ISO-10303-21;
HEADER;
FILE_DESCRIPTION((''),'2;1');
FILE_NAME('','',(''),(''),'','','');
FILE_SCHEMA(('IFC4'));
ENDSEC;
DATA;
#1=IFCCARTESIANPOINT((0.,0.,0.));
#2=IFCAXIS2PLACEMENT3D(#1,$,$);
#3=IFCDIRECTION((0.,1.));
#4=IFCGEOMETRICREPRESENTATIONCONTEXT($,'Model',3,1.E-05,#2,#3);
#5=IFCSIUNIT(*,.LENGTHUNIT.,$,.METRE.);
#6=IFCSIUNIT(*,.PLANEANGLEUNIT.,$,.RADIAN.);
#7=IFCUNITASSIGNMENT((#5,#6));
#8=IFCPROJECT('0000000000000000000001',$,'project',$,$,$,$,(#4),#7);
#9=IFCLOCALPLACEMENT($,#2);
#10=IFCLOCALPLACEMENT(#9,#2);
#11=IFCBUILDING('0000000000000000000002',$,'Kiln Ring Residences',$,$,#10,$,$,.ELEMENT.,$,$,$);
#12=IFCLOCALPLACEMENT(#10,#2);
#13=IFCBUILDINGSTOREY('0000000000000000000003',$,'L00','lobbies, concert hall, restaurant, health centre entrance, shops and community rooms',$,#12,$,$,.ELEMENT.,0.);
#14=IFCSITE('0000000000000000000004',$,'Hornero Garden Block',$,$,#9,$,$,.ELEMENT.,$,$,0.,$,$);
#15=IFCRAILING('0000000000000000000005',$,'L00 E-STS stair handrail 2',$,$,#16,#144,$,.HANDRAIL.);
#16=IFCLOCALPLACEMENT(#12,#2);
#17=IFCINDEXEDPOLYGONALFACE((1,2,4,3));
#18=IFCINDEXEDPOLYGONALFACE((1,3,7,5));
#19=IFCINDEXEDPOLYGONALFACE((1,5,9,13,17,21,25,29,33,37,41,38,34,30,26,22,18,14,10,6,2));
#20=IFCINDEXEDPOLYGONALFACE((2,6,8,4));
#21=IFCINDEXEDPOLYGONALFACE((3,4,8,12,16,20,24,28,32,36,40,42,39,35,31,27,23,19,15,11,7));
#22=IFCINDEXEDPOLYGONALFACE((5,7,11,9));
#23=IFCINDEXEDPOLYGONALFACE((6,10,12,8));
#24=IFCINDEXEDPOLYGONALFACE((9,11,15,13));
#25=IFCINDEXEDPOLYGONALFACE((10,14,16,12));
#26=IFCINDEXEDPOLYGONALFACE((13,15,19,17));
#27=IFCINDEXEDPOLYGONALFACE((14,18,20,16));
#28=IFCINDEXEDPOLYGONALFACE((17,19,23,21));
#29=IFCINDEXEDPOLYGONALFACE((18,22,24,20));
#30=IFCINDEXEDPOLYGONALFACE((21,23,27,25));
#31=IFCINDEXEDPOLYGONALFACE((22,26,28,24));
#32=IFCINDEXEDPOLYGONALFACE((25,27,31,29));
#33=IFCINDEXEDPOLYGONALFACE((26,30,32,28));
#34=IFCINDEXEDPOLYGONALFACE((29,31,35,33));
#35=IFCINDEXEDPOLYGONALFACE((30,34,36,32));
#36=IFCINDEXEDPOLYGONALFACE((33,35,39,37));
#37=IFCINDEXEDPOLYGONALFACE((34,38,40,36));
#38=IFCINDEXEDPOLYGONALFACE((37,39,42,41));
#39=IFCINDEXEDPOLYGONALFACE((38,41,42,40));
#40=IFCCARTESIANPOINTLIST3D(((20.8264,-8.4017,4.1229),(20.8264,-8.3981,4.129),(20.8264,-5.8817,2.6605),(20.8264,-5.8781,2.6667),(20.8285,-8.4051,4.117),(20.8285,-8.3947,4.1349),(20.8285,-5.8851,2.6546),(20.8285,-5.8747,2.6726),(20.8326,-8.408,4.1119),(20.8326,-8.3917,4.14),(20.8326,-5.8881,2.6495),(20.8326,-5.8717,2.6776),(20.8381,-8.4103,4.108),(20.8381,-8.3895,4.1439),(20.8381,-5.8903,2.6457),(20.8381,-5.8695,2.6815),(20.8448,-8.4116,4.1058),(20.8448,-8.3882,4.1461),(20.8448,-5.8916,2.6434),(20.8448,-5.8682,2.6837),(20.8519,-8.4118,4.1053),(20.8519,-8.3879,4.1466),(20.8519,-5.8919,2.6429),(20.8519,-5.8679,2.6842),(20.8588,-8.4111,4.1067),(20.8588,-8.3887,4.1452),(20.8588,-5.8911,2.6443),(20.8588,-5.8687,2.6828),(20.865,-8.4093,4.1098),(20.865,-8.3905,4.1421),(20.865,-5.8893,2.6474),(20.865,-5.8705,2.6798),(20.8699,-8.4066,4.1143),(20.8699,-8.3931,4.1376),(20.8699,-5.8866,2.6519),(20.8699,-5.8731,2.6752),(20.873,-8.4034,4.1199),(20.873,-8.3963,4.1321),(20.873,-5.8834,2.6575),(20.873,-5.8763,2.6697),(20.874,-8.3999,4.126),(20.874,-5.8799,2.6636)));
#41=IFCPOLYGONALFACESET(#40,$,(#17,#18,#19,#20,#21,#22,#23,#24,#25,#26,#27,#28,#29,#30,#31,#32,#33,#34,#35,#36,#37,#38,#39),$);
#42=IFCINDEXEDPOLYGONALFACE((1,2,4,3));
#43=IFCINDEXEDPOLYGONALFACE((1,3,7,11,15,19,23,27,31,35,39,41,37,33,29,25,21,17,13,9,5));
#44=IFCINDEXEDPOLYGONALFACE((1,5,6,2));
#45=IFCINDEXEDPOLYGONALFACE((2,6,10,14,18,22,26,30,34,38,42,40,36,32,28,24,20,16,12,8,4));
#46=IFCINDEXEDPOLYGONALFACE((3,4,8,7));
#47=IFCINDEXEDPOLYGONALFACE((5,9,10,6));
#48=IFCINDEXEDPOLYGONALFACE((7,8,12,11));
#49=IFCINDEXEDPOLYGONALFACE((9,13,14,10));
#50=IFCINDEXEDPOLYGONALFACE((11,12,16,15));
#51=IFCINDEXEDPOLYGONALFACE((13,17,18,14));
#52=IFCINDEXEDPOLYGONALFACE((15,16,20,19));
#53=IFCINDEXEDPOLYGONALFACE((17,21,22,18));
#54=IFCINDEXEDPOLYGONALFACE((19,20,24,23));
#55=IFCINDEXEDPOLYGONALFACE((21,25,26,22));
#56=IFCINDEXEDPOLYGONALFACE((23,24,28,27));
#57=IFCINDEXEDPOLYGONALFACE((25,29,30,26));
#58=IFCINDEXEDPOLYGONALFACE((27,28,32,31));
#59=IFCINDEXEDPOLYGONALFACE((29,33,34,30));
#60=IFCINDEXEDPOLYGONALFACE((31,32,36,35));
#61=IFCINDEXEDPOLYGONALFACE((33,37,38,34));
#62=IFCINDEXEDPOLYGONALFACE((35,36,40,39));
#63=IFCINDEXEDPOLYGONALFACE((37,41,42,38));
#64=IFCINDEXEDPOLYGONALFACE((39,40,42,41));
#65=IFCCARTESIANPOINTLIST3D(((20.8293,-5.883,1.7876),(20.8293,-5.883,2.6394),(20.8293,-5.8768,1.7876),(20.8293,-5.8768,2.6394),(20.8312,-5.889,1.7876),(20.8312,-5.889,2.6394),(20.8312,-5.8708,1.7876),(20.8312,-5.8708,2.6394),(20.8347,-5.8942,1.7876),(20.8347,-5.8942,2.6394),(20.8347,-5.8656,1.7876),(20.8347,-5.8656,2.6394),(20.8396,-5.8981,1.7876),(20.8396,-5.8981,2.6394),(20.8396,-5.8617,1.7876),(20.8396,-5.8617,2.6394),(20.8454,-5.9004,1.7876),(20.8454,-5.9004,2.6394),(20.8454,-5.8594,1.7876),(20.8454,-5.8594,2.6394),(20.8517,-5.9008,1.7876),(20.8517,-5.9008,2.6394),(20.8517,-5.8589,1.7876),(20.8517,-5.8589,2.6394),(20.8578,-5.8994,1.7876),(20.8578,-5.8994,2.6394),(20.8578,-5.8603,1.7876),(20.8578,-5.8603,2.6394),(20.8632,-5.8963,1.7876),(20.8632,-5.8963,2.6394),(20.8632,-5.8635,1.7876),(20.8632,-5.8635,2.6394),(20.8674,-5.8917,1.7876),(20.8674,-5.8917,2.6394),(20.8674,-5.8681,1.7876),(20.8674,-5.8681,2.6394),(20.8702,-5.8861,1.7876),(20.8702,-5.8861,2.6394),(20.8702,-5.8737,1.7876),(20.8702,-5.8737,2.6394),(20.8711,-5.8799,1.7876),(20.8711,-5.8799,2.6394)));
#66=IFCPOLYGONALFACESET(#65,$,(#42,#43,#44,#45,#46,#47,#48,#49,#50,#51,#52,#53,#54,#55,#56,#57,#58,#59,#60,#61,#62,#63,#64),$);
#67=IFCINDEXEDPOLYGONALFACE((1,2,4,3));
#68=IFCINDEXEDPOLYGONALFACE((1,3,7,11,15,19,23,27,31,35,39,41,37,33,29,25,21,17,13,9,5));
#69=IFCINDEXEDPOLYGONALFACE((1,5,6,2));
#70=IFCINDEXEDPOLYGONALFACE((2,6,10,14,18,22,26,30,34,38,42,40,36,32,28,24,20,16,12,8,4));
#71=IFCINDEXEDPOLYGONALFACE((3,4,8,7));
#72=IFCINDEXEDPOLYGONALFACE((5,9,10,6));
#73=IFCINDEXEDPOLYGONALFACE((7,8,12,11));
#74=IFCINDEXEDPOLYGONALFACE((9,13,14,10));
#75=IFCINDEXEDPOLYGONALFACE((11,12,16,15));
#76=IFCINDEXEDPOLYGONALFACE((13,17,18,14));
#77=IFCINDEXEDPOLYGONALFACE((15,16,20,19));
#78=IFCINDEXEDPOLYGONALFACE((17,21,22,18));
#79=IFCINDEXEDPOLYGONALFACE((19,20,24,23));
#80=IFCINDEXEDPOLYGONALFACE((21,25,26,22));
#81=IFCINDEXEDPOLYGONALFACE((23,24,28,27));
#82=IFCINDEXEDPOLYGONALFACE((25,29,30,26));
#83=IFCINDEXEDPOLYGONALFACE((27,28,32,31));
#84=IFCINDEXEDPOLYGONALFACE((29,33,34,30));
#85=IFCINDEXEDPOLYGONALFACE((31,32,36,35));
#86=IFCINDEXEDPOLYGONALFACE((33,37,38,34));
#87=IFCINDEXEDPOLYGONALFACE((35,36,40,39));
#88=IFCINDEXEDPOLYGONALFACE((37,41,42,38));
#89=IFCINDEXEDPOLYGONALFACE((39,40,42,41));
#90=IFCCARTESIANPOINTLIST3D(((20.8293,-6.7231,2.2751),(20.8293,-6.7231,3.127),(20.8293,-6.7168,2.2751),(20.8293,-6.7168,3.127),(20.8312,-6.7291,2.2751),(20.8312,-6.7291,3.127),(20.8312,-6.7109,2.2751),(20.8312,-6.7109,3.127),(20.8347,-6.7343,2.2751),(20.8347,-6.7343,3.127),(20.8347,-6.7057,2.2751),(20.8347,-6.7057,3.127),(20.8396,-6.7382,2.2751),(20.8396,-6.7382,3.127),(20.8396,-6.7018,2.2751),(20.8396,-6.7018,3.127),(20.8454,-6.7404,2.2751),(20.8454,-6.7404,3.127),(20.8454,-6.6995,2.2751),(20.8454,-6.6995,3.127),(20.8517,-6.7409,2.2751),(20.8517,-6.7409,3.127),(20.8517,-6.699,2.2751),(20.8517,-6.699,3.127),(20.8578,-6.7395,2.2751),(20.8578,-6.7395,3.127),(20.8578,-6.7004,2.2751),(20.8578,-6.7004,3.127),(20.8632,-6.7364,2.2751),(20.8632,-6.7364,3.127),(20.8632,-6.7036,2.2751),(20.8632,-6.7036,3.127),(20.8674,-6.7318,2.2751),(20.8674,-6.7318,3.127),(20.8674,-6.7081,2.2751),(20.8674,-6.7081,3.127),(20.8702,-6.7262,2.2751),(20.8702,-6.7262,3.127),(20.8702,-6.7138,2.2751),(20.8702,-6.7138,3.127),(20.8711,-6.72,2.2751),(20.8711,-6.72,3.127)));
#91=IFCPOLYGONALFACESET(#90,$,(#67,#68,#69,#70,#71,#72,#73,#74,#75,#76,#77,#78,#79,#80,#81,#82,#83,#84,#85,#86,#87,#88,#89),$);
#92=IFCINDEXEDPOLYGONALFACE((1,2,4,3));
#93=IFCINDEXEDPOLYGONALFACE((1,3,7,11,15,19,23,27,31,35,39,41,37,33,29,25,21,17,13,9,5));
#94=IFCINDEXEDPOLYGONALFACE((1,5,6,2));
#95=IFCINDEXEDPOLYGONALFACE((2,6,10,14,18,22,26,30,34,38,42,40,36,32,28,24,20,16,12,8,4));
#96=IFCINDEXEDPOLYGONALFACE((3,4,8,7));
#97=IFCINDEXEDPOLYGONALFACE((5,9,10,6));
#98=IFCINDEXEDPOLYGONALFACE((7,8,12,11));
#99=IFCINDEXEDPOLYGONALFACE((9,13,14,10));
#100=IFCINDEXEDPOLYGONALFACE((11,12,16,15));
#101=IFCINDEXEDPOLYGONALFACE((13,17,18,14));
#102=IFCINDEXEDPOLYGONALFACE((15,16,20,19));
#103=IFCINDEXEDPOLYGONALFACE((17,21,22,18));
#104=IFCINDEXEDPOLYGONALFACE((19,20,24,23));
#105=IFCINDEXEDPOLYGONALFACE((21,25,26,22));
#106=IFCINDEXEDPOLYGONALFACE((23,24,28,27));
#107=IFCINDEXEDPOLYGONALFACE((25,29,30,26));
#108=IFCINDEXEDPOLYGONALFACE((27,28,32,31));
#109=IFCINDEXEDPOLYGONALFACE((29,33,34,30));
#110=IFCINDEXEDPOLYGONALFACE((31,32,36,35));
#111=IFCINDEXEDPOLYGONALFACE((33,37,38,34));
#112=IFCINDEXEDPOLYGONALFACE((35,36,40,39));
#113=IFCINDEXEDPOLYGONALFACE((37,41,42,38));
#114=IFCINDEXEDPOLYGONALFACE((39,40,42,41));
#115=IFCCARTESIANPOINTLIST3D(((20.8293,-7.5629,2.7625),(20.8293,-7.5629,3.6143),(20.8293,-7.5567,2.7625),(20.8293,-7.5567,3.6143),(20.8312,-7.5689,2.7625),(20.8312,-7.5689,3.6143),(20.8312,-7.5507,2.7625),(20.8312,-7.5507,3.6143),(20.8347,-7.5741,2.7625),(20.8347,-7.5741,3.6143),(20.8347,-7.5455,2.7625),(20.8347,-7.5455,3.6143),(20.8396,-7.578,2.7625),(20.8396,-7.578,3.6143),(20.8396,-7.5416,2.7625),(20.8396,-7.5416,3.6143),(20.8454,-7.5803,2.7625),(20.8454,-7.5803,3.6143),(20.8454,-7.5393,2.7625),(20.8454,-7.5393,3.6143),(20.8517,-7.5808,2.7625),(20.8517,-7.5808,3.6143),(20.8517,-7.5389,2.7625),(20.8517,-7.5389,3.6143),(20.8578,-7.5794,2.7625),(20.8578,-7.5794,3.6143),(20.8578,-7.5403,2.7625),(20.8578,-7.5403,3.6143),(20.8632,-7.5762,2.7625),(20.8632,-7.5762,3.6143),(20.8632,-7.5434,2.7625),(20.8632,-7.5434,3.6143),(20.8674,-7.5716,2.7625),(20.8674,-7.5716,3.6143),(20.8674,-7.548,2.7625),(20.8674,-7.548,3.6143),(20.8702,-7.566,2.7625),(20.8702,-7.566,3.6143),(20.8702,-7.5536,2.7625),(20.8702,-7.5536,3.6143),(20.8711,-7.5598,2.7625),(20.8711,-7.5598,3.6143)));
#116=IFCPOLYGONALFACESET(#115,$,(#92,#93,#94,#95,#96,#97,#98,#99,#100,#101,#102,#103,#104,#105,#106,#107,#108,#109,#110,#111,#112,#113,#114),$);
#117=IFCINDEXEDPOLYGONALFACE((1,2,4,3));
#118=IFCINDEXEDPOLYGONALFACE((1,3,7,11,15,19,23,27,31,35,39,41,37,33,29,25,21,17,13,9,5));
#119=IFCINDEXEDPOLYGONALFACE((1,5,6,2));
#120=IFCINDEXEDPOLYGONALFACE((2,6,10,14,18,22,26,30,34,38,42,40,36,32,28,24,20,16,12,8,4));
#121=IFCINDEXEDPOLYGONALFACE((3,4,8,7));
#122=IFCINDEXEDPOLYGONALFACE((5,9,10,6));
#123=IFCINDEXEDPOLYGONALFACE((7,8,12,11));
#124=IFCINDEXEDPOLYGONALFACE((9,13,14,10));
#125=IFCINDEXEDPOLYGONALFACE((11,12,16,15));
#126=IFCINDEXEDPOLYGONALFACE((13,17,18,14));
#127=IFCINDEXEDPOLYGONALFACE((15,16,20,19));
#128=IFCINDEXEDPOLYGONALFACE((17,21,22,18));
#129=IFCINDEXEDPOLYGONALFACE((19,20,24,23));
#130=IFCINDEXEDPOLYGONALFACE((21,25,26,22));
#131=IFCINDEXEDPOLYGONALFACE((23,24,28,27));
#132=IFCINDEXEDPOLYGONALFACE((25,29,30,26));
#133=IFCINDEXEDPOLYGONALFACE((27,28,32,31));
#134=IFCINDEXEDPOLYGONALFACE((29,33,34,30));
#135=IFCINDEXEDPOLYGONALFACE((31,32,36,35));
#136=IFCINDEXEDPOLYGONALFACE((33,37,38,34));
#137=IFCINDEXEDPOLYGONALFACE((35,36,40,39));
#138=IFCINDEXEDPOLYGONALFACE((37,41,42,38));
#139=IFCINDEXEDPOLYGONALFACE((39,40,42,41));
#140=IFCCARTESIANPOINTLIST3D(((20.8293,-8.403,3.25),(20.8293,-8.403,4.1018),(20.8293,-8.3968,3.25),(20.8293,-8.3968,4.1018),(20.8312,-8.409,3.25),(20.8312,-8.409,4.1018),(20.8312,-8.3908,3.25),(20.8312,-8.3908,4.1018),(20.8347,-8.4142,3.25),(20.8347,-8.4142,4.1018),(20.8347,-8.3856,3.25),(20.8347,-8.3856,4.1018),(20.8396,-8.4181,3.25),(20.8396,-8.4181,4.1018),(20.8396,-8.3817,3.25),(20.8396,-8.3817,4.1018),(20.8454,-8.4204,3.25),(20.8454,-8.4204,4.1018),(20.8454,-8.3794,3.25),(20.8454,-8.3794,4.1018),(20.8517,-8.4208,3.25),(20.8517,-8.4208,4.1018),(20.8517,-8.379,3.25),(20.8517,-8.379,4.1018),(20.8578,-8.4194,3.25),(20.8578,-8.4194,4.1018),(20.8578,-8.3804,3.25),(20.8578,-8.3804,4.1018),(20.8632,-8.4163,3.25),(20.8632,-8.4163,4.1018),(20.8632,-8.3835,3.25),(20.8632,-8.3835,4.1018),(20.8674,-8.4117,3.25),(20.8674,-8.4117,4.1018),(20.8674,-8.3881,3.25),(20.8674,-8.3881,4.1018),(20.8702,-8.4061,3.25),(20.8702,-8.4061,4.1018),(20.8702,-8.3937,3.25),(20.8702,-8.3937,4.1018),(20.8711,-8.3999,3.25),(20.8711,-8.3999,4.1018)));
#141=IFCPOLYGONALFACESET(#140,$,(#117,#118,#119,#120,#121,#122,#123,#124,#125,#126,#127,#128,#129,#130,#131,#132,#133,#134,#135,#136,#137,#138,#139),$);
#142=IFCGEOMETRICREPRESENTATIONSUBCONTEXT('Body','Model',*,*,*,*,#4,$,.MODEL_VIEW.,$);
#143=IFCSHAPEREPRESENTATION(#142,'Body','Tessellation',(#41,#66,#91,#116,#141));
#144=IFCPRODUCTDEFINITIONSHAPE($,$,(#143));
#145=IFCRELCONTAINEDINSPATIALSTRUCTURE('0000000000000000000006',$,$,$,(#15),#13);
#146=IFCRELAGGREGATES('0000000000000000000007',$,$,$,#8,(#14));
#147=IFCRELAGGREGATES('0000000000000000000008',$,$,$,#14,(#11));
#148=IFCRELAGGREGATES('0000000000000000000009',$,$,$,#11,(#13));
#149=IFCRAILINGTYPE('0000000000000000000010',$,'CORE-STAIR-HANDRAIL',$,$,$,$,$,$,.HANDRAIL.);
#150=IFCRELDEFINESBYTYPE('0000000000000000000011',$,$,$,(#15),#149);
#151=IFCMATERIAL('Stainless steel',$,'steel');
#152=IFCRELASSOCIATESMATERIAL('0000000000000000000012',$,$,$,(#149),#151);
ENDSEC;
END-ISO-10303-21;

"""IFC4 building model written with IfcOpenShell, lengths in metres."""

from ifc_helpers import new_model, si_unit, direction, frame, origin, origin_2d, place, context, subcontext, project, spatial, circle, extrude, material, type_object, element, save


model = new_model("IFC4")

# Units and contexts
model_context = context("Model", 3, precision=1e-05, world=origin(), true_north=direction((0.0, 1.0)))
body_context = subcontext(model_context, "Body", "Model", "MODEL_VIEW")
ifc_project = project(units=[si_unit("LENGTHUNIT", "METRE"), si_unit("PLANEANGLEUNIT", "RADIAN")], contexts=[model_context])

# Site, building, storey
site_placement = place(None, origin())
site = spatial("IfcSite", under=ifc_project, at=site_placement, Name="Hornero Garden Block", CompositionType="ELEMENT", RefElevation=0.0)
building_placement = place(site_placement, origin())
building = spatial("IfcBuilding", under=site, at=building_placement, Name="Kiln Ring Residences", CompositionType="ELEMENT")
storey_placement = place(building_placement, origin())
storey = spatial("IfcBuildingStorey", under=building, at=storey_placement, Name="L00", Description="lobbies, concert hall, restaurant, health centre entrance, shops and community rooms", CompositionType="ELEMENT", Elevation=0.0)

# Railing
ifc_material_1 = material(Name="Stainless steel", Category="steel")
railing_type_1 = type_object("IfcRailingType", Name="CORE-STAIR-HANDRAIL", PredefinedType="HANDRAIL", material=ifc_material_1)
for number, where, name in (
    (1, (20.8501, -5.8799, 1.7876), "L00 E-STS stair handrail 2"),
):
    element("IfcRailing", number, at=place(storey_placement, frame(where)), inside=storey, type_object=railing_type_1, Name=name, PredefinedType="HANDRAIL", context=body_context, shape_type="SweptSolid", body=[
        extrude(circle(Radius=0.0239, at=origin_2d()), frame((0.0, 0.0, 0.876), z_axis=(0.0, -0.864913, 0.501921), x_axis=(1.0, 0.0, 0.0)), (0.0, 0.0, 1.0), 2.9136),
        extrude(circle(Radius=0.021, at=origin_2d()), origin(), (0.0, 0.0, 1.0), 0.8518),
        extrude(circle(Radius=0.021, at=origin_2d()), frame((0.0, -0.8401, 0.4875)), (0.0, 0.0, 1.0), 0.8518),
        extrude(circle(Radius=0.021, at=origin_2d()), frame((0.0, -1.6799, 0.9749)), (0.0, 0.0, 1.0), 0.8518),
        extrude(circle(Radius=0.021, at=origin_2d()), frame((0.0, -2.52, 1.4624)), (0.0, 0.0, 1.0), 0.8518),
    ])

save(model, "model.ifc")
